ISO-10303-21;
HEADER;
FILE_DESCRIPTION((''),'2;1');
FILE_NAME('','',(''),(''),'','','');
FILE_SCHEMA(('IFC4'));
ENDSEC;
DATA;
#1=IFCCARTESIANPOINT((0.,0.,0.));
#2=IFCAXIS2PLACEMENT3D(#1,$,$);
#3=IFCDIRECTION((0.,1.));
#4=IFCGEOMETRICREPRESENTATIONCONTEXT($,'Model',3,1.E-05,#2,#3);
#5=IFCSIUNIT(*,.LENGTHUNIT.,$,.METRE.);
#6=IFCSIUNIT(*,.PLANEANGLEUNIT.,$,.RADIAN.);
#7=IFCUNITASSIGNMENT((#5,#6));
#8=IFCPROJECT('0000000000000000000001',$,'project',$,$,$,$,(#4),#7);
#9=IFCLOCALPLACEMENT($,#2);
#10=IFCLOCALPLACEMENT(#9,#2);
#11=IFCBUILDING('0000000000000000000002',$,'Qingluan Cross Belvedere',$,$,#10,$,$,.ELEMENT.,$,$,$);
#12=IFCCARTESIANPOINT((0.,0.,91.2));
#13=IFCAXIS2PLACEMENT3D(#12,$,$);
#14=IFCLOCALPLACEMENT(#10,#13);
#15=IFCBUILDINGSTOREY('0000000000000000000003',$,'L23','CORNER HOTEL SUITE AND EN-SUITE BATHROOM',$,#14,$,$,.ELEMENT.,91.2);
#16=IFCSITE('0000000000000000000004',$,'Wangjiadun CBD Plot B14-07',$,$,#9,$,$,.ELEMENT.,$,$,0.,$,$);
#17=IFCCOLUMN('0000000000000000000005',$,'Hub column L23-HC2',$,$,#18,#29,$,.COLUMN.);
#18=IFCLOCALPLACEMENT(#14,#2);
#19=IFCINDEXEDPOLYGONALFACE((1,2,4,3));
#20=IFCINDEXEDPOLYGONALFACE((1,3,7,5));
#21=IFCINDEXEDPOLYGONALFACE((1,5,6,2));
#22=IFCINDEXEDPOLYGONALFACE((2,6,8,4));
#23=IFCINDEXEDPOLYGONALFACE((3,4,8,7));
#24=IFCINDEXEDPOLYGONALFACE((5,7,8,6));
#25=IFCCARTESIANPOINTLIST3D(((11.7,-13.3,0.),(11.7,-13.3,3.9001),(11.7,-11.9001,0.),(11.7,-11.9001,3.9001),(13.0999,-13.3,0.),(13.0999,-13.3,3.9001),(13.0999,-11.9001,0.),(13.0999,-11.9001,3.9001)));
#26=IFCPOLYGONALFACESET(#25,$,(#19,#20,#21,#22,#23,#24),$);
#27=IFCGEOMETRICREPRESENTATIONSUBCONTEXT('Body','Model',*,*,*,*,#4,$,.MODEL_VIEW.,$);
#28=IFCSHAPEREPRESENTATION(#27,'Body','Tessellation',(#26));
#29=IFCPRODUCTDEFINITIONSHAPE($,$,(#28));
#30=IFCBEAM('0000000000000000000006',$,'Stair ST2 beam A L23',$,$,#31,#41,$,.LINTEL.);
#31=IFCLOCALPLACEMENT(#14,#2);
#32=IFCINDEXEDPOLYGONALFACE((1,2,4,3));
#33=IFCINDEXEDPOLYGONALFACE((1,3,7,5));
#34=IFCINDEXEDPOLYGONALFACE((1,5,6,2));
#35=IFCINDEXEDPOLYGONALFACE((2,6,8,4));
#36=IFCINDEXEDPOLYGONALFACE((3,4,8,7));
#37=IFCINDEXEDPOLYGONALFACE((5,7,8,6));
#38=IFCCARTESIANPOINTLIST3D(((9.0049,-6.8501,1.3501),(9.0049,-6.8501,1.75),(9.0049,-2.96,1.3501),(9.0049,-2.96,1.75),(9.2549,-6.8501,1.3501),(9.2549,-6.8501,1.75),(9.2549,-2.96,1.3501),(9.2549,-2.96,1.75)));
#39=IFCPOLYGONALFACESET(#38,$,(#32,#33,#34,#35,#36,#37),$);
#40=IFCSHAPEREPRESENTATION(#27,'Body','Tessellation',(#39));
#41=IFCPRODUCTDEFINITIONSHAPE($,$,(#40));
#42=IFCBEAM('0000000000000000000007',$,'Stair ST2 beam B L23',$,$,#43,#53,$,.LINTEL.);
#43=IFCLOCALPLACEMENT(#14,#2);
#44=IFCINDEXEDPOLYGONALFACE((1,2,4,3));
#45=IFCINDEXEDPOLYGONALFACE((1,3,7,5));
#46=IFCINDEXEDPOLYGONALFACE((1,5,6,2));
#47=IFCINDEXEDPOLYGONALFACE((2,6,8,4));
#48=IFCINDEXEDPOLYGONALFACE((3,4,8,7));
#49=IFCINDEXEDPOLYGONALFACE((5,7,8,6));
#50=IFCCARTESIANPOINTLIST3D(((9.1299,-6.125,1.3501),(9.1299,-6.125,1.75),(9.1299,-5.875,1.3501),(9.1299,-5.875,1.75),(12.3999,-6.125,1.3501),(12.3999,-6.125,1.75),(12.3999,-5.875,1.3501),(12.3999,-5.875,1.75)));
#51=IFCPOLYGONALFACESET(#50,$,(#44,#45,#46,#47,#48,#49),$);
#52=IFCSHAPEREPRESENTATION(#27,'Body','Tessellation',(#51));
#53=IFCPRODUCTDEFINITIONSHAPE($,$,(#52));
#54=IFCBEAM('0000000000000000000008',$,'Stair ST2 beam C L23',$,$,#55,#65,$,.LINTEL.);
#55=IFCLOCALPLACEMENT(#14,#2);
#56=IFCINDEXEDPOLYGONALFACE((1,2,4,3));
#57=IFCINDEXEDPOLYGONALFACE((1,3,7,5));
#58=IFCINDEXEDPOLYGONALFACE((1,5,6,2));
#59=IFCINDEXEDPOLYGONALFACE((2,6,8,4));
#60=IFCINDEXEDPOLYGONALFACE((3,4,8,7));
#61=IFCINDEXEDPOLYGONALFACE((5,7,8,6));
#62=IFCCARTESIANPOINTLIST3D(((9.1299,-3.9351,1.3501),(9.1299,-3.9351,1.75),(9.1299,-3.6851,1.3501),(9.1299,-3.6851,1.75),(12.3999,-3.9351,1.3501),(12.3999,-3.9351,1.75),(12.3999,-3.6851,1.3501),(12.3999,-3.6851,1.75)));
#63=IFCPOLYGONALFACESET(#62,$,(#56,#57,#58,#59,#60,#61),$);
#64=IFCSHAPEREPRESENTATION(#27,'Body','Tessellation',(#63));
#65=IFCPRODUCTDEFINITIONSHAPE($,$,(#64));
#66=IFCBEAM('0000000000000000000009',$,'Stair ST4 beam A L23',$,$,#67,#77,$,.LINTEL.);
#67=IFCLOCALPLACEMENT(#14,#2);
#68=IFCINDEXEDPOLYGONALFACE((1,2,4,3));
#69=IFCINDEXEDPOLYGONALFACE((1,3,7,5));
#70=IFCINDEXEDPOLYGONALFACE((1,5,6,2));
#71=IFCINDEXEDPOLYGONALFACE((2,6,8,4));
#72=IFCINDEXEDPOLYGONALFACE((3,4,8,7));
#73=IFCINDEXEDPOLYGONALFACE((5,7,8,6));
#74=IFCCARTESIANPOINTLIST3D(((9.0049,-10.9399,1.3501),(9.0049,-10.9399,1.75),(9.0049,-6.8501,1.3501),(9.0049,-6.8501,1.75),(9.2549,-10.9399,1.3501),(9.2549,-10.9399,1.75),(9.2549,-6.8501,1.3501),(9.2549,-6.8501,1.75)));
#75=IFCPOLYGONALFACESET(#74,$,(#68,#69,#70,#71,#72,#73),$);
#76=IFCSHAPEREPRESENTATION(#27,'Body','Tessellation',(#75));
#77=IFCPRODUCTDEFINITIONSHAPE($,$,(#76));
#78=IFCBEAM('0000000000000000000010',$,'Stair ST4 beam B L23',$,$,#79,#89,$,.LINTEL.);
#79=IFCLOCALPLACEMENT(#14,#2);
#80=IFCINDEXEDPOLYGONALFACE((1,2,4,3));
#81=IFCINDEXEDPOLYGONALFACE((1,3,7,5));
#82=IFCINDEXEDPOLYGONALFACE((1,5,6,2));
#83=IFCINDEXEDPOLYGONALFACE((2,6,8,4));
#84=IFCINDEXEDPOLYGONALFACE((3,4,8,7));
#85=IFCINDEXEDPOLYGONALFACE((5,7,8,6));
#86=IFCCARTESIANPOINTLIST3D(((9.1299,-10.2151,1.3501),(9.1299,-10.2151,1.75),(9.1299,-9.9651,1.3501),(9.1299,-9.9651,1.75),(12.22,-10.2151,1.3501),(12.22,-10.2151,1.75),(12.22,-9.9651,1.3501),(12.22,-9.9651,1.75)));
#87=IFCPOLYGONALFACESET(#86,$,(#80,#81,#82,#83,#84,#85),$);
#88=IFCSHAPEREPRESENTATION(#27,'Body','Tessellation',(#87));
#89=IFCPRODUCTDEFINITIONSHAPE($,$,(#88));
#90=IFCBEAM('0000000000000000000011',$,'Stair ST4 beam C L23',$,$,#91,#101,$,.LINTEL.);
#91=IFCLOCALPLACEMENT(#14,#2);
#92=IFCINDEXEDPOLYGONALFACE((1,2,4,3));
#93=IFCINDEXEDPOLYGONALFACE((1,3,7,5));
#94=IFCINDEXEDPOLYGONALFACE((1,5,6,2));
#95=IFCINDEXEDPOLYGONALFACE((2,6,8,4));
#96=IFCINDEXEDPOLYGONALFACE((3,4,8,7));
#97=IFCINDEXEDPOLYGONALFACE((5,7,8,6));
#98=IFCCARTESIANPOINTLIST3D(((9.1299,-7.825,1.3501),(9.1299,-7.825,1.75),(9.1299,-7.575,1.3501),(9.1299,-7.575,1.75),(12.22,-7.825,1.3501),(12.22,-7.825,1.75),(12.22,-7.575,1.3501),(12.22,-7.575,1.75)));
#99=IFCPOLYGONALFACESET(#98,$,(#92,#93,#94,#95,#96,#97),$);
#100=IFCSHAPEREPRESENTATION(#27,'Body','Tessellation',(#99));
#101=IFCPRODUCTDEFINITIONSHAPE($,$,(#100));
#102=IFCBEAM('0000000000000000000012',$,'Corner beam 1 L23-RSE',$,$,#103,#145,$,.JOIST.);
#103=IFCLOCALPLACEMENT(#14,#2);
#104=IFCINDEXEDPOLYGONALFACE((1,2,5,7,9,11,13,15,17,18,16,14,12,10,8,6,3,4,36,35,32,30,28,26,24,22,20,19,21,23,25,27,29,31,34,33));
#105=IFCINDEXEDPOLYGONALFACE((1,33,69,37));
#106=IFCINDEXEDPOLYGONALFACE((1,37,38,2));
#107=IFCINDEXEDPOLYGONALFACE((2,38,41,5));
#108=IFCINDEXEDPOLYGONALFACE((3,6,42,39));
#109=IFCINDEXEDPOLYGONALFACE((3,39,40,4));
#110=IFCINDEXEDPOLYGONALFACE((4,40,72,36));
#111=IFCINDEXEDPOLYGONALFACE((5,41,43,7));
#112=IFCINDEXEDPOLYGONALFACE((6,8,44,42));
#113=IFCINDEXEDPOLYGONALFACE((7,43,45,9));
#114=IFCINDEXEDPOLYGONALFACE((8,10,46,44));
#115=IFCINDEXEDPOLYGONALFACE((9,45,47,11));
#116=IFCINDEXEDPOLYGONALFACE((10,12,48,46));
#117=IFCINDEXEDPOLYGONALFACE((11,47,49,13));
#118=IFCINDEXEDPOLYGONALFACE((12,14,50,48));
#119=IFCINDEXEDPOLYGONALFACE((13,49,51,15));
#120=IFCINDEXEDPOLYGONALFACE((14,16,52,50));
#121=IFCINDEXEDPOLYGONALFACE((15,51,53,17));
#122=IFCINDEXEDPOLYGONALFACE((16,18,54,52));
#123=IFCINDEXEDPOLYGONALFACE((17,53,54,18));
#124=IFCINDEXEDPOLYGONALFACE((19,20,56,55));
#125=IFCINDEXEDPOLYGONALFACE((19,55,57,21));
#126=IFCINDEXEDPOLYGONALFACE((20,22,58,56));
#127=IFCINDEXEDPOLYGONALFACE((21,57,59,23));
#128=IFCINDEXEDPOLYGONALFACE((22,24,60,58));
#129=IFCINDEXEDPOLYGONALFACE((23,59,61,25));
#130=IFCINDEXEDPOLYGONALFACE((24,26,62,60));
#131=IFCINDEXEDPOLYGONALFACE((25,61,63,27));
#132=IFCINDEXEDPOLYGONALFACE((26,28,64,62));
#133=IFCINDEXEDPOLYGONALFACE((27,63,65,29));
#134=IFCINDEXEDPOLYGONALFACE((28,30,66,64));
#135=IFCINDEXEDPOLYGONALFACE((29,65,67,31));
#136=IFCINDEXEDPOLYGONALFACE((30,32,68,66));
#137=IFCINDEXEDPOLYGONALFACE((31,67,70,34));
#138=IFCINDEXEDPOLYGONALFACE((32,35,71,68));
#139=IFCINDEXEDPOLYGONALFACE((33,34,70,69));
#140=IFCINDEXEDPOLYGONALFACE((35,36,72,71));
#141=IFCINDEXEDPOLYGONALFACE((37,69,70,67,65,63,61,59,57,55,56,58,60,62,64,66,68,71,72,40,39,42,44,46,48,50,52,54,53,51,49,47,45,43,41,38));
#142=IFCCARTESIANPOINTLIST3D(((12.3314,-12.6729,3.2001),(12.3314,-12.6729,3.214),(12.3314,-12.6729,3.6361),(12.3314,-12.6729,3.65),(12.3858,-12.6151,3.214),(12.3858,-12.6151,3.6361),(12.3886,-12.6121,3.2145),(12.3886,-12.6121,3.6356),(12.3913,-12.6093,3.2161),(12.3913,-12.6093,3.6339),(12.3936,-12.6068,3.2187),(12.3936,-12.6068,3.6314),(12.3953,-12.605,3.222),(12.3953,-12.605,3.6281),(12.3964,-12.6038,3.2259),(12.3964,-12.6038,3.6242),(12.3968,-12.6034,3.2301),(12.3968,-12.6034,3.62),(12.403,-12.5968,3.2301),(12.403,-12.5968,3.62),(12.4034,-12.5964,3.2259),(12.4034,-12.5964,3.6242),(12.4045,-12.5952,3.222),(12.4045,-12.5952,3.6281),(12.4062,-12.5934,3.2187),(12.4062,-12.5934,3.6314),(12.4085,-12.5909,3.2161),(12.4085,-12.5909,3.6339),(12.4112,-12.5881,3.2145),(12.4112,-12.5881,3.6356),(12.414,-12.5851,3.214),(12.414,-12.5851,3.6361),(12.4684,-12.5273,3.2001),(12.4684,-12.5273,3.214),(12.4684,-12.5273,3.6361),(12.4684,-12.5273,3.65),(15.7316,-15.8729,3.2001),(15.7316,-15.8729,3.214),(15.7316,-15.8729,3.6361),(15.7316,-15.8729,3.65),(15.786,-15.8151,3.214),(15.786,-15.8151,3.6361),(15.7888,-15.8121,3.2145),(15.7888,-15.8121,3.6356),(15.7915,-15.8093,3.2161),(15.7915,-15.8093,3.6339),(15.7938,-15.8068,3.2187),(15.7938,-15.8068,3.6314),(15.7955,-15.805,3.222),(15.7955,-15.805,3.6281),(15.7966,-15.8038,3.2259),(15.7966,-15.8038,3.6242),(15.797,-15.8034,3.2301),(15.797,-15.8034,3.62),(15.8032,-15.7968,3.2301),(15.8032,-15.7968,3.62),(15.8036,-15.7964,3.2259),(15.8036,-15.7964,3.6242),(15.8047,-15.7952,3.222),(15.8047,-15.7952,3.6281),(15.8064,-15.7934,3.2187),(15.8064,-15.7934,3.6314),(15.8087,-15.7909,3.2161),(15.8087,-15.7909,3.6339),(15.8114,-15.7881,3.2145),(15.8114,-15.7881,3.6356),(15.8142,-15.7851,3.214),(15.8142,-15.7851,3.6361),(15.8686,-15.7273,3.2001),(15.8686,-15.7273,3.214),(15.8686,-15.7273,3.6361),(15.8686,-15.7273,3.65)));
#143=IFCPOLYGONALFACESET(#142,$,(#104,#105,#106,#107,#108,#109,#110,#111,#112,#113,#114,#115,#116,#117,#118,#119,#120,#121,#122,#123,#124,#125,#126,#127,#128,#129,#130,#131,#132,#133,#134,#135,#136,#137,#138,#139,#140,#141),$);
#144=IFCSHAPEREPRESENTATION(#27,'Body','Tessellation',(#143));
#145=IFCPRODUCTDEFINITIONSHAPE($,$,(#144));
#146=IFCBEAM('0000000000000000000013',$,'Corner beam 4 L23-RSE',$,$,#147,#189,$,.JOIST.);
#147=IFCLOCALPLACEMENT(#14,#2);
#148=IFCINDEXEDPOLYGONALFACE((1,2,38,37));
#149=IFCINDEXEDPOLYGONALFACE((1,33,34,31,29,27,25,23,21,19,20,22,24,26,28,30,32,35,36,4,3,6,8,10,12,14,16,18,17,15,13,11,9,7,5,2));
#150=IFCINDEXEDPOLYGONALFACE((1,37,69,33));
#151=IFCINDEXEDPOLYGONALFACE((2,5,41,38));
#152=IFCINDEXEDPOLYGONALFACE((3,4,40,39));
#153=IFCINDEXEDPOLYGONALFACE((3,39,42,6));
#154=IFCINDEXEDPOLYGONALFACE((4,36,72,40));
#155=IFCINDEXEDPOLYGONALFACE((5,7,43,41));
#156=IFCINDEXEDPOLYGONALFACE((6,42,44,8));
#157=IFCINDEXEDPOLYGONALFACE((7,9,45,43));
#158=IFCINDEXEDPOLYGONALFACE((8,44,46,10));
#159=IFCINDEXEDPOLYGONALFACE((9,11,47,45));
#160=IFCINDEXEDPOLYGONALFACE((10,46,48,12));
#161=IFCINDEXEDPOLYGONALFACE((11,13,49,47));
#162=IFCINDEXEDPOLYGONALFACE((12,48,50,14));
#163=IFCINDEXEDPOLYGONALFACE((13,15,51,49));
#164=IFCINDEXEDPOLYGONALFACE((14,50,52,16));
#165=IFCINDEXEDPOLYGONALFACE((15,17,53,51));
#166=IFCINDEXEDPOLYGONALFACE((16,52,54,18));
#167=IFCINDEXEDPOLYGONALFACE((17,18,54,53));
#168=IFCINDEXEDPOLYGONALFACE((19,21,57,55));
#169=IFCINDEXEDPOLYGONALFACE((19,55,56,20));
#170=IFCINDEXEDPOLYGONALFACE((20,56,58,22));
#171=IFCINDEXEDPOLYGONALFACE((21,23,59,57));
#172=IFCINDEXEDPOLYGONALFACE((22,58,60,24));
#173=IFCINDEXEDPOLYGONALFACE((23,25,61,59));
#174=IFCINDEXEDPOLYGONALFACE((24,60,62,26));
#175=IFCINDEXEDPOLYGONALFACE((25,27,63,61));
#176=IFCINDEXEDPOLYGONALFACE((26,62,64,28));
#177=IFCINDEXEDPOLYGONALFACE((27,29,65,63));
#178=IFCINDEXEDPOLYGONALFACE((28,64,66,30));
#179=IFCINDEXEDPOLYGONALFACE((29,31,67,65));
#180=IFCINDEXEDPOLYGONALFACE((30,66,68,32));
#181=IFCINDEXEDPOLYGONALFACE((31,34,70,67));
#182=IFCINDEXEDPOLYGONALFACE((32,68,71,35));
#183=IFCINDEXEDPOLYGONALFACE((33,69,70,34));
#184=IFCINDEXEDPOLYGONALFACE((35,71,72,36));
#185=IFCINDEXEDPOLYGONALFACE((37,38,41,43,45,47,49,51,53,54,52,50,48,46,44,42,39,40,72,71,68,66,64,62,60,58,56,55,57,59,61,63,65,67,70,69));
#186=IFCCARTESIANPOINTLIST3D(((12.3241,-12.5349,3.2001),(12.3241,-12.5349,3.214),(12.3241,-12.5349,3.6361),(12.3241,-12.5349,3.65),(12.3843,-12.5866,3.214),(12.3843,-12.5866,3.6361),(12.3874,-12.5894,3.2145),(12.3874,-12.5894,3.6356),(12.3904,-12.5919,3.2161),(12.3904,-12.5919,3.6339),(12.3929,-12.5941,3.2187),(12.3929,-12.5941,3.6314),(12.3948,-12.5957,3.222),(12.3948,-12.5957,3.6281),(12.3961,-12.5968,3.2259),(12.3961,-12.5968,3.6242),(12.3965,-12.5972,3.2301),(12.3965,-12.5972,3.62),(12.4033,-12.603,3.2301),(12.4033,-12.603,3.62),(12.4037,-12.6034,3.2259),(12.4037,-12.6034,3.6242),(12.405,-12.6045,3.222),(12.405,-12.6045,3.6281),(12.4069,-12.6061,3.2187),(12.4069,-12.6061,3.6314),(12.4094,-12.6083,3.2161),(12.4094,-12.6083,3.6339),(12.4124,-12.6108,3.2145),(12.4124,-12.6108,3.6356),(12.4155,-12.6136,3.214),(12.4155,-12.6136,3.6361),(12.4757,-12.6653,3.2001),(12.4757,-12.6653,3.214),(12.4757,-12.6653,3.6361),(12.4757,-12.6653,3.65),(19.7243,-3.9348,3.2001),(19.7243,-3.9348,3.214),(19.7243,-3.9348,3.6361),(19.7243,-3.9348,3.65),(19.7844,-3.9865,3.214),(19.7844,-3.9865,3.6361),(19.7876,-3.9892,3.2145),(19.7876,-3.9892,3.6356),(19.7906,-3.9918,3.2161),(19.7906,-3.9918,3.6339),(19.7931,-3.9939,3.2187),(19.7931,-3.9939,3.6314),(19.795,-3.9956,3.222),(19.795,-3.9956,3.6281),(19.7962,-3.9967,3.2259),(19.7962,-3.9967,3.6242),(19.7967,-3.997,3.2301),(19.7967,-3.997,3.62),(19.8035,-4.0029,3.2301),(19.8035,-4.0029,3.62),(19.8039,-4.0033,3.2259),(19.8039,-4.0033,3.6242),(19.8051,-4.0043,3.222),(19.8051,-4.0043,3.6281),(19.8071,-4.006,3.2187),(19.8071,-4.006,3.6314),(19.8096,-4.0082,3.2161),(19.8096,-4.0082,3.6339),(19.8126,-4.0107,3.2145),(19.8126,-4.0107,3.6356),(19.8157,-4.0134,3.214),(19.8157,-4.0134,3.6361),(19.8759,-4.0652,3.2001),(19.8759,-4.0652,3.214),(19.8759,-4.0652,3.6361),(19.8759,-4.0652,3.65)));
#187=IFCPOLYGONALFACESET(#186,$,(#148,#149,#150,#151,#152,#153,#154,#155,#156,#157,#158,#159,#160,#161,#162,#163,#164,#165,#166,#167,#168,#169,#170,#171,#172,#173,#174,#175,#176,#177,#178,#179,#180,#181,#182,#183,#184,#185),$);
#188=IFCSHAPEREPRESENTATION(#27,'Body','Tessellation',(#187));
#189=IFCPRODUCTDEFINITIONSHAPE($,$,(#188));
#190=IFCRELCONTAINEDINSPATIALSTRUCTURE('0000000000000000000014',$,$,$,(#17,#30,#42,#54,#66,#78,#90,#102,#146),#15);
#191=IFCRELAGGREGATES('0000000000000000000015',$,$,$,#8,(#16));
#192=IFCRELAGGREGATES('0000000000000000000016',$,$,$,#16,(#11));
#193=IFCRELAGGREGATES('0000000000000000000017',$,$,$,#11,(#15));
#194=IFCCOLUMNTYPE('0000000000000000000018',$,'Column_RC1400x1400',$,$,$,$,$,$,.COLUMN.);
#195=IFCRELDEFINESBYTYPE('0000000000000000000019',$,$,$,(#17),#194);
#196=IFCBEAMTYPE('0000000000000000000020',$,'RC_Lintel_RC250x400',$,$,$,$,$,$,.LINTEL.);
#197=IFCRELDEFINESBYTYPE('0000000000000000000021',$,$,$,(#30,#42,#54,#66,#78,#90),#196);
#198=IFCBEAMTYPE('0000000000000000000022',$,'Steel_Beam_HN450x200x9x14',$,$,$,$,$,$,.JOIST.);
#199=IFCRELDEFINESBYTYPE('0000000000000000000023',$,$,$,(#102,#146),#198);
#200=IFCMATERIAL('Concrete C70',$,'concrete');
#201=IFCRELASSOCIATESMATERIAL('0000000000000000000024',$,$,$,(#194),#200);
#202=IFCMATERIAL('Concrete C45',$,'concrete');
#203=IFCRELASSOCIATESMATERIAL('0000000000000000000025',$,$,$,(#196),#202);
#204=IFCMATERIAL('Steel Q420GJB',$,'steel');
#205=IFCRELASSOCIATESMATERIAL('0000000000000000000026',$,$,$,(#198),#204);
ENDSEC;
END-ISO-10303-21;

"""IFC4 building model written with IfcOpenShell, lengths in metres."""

from ifc_helpers import new_model, si_unit, direction, frame, origin, origin_2d, place, context, subcontext, project, spatial, rectangle, i_section, extrude, material, material_profile, profile_set, type_object, element, save


model = new_model("IFC4")

# Units and contexts
model_context = context("Model", 3, precision=1e-05, world=origin(), true_north=direction((0.0, 1.0)))
body_context = subcontext(model_context, "Body", "Model", "MODEL_VIEW")
ifc_project = project(units=[si_unit("LENGTHUNIT", "METRE"), si_unit("PLANEANGLEUNIT", "RADIAN")], contexts=[model_context])

# Site, building, storey
site_placement = place(None, origin())
site = spatial("IfcSite", under=ifc_project, at=site_placement, Name="Wangjiadun CBD Plot B14-07", CompositionType="ELEMENT", RefElevation=0.0)
building_placement = place(site_placement, origin())
building = spatial("IfcBuilding", under=site, at=building_placement, Name="Qingluan Cross Belvedere", CompositionType="ELEMENT")
storey_placement = place(building_placement, frame((0.0, 0.0, 91.2)))
storey = spatial("IfcBuildingStorey", under=building, at=storey_placement, Name="L23", Description="CORNER HOTEL SUITE AND EN-SUITE BATHROOM", CompositionType="ELEMENT", Elevation=91.2)

# Column
ifc_material_1 = material(Name="Concrete C70", Category="concrete")
ifc_material_profile_1 = material_profile(ifc_material_1, rectangle(XDim=1.3999, YDim=1.3999, at=origin_2d()), Name="RC1400x1400")
ifc_profile_set_1 = profile_set([ifc_material_profile_1], Name="Concrete C70")
column_type = type_object("IfcColumnType", Name="Column_RC1400x1400", PredefinedType="COLUMN", material=ifc_profile_set_1)
column_placement = place(storey_placement, frame((12.3999, -12.6001, 0.0), z_axis=(0.0, 0.0, 1.0), x_axis=(1.0, 0.0, 0.0)))
element("IfcColumn", 1, at=column_placement, inside=storey, type_object=column_type, Name="Hub column L23-HC2", PredefinedType="COLUMN", context=body_context, shape_type="SweptSolid", body=[
    extrude(rectangle(XDim=1.3999, YDim=1.3999, at=origin_2d()), origin(), (0.0, 0.0, 1.0), 3.9001),
])

# Beams
ifc_material_2 = material(Name="Concrete C45", Category="concrete")
ifc_material_profile_2 = material_profile(ifc_material_2, rectangle(XDim=0.25, YDim=0.3999, at=origin_2d()), Name="RC250x400")
ifc_profile_set_2 = profile_set([ifc_material_profile_2], Name="Concrete C45")
beam_type_1 = type_object("IfcBeamType", Name="RC_Lintel_RC250x400", PredefinedType="LINTEL", material=ifc_profile_set_2)
beam_1_placement = place(storey_placement, frame((9.1299, -6.8501, 1.55), z_axis=(0.0, 1.0, 0.0), x_axis=(-1.0, 0.0, 0.0)))
element("IfcBeam", 2, at=beam_1_placement, inside=storey, type_object=beam_type_1, Name="Stair ST2 beam A L23", PredefinedType="LINTEL", context=body_context, shape_type="SweptSolid", body=[
    extrude(rectangle(XDim=0.25, YDim=0.3999, at=origin_2d()), origin(), (0.0, 0.0, 1.0), 3.8901),
])
for number, where, z_axis, x_axis, name in (
    (3, (12.3999, -6.0, 1.55), (-1.0, 0.0, 0.0), (0.0, -1.0, 0.0), "Stair ST2 beam B L23"),
    (4, (12.3999, -3.8101, 1.55), (-1.0, 0.0, 0.0), (0.0, -1.0, 0.0), "Stair ST2 beam C L23"),
):
    element("IfcBeam", number, at=place(storey_placement, frame(where, z_axis=z_axis, x_axis=x_axis)), inside=storey, type_object=beam_type_1, Name=name, PredefinedType="LINTEL", context=body_context, shape_type="SweptSolid", body=[
        extrude(rectangle(XDim=0.25, YDim=0.3999, at=origin_2d()), origin(), (0.0, 0.0, 1.0), 3.27),
    ])
beam_2_placement = place(storey_placement, frame((9.1299, -10.9399, 1.55), z_axis=(0.0, 1.0, 0.0), x_axis=(-1.0, 0.0, 0.0)))
element("IfcBeam", 5, at=beam_2_placement, inside=storey, type_object=beam_type_1, Name="Stair ST4 beam A L23", PredefinedType="LINTEL", context=body_context, shape_type="SweptSolid", body=[
    extrude(rectangle(XDim=0.25, YDim=0.3999, at=origin_2d()), origin(), (0.0, 0.0, 1.0), 4.0898),
])
for number, where, z_axis, x_axis, name in (
    (6, (12.22, -10.0901, 1.55), (-1.0, 0.0, 0.0), (0.0, -1.0, 0.0), "Stair ST4 beam B L23"),
    (7, (12.22, -7.7, 1.55), (-1.0, 0.0, 0.0), (0.0, -1.0, 0.0), "Stair ST4 beam C L23"),
):
    element("IfcBeam", number, at=place(storey_placement, frame(where, z_axis=z_axis, x_axis=x_axis)), inside=storey, type_object=beam_type_1, Name=name, PredefinedType="LINTEL", context=body_context, shape_type="SweptSolid", body=[
        extrude(rectangle(XDim=0.25, YDim=0.3999, at=origin_2d()), origin(), (0.0, 0.0, 1.0), 3.0901),
    ])
ifc_material_3 = material(Name="Steel Q420GJB", Category="steel")
ifc_material_profile_3 = material_profile(ifc_material_3, i_section(OverallWidth=0.2, OverallDepth=0.45, WebThickness=0.009, FlangeThickness=0.0139, FilletRadius=0.0161, at=origin_2d()), Name="HN450x200x9x14")
ifc_profile_set_3 = profile_set([ifc_material_profile_3], Name="Steel Q420GJB")
beam_type_2 = type_object("IfcBeamType", Name="Steel_Beam_HN450x200x9x14", PredefinedType="JOIST", material=ifc_profile_set_3)
beam_3_placement = place(storey_placement, frame((12.3999, -12.6001, 3.425), z_axis=(0.72822, -0.685343, 0.0), x_axis=(0.685343, 0.72822, 0.0)))
element("IfcBeam", 8, at=beam_3_placement, inside=storey, type_object=beam_type_2, Name="Corner beam 1 L23-RSE", PredefinedType="JOIST", context=body_context, shape_type="SweptSolid", body=[
    extrude(i_section(OverallWidth=0.2, OverallDepth=0.45, WebThickness=0.009, FlangeThickness=0.0139, FilletRadius=0.0161, at=origin_2d()), origin(), (0.0, 0.0, 1.0), 4.6692),
])
beam_4_placement = place(storey_placement, frame((12.3999, -12.6001, 3.425), z_axis=(0.652245, 0.758008, 0.0), x_axis=(-0.758008, 0.652245, 0.0)))
element("IfcBeam", 9, at=beam_4_placement, inside=storey, type_object=beam_type_2, Name="Corner beam 4 L23-RSE", PredefinedType="JOIST", context=body_context, shape_type="SweptSolid", body=[
    extrude(i_section(OverallWidth=0.2, OverallDepth=0.45, WebThickness=0.009, FlangeThickness=0.0139, FilletRadius=0.0161, at=origin_2d()), origin(), (0.0, 0.0, 1.0), 11.3457),
])

save(model, "model.ifc")
